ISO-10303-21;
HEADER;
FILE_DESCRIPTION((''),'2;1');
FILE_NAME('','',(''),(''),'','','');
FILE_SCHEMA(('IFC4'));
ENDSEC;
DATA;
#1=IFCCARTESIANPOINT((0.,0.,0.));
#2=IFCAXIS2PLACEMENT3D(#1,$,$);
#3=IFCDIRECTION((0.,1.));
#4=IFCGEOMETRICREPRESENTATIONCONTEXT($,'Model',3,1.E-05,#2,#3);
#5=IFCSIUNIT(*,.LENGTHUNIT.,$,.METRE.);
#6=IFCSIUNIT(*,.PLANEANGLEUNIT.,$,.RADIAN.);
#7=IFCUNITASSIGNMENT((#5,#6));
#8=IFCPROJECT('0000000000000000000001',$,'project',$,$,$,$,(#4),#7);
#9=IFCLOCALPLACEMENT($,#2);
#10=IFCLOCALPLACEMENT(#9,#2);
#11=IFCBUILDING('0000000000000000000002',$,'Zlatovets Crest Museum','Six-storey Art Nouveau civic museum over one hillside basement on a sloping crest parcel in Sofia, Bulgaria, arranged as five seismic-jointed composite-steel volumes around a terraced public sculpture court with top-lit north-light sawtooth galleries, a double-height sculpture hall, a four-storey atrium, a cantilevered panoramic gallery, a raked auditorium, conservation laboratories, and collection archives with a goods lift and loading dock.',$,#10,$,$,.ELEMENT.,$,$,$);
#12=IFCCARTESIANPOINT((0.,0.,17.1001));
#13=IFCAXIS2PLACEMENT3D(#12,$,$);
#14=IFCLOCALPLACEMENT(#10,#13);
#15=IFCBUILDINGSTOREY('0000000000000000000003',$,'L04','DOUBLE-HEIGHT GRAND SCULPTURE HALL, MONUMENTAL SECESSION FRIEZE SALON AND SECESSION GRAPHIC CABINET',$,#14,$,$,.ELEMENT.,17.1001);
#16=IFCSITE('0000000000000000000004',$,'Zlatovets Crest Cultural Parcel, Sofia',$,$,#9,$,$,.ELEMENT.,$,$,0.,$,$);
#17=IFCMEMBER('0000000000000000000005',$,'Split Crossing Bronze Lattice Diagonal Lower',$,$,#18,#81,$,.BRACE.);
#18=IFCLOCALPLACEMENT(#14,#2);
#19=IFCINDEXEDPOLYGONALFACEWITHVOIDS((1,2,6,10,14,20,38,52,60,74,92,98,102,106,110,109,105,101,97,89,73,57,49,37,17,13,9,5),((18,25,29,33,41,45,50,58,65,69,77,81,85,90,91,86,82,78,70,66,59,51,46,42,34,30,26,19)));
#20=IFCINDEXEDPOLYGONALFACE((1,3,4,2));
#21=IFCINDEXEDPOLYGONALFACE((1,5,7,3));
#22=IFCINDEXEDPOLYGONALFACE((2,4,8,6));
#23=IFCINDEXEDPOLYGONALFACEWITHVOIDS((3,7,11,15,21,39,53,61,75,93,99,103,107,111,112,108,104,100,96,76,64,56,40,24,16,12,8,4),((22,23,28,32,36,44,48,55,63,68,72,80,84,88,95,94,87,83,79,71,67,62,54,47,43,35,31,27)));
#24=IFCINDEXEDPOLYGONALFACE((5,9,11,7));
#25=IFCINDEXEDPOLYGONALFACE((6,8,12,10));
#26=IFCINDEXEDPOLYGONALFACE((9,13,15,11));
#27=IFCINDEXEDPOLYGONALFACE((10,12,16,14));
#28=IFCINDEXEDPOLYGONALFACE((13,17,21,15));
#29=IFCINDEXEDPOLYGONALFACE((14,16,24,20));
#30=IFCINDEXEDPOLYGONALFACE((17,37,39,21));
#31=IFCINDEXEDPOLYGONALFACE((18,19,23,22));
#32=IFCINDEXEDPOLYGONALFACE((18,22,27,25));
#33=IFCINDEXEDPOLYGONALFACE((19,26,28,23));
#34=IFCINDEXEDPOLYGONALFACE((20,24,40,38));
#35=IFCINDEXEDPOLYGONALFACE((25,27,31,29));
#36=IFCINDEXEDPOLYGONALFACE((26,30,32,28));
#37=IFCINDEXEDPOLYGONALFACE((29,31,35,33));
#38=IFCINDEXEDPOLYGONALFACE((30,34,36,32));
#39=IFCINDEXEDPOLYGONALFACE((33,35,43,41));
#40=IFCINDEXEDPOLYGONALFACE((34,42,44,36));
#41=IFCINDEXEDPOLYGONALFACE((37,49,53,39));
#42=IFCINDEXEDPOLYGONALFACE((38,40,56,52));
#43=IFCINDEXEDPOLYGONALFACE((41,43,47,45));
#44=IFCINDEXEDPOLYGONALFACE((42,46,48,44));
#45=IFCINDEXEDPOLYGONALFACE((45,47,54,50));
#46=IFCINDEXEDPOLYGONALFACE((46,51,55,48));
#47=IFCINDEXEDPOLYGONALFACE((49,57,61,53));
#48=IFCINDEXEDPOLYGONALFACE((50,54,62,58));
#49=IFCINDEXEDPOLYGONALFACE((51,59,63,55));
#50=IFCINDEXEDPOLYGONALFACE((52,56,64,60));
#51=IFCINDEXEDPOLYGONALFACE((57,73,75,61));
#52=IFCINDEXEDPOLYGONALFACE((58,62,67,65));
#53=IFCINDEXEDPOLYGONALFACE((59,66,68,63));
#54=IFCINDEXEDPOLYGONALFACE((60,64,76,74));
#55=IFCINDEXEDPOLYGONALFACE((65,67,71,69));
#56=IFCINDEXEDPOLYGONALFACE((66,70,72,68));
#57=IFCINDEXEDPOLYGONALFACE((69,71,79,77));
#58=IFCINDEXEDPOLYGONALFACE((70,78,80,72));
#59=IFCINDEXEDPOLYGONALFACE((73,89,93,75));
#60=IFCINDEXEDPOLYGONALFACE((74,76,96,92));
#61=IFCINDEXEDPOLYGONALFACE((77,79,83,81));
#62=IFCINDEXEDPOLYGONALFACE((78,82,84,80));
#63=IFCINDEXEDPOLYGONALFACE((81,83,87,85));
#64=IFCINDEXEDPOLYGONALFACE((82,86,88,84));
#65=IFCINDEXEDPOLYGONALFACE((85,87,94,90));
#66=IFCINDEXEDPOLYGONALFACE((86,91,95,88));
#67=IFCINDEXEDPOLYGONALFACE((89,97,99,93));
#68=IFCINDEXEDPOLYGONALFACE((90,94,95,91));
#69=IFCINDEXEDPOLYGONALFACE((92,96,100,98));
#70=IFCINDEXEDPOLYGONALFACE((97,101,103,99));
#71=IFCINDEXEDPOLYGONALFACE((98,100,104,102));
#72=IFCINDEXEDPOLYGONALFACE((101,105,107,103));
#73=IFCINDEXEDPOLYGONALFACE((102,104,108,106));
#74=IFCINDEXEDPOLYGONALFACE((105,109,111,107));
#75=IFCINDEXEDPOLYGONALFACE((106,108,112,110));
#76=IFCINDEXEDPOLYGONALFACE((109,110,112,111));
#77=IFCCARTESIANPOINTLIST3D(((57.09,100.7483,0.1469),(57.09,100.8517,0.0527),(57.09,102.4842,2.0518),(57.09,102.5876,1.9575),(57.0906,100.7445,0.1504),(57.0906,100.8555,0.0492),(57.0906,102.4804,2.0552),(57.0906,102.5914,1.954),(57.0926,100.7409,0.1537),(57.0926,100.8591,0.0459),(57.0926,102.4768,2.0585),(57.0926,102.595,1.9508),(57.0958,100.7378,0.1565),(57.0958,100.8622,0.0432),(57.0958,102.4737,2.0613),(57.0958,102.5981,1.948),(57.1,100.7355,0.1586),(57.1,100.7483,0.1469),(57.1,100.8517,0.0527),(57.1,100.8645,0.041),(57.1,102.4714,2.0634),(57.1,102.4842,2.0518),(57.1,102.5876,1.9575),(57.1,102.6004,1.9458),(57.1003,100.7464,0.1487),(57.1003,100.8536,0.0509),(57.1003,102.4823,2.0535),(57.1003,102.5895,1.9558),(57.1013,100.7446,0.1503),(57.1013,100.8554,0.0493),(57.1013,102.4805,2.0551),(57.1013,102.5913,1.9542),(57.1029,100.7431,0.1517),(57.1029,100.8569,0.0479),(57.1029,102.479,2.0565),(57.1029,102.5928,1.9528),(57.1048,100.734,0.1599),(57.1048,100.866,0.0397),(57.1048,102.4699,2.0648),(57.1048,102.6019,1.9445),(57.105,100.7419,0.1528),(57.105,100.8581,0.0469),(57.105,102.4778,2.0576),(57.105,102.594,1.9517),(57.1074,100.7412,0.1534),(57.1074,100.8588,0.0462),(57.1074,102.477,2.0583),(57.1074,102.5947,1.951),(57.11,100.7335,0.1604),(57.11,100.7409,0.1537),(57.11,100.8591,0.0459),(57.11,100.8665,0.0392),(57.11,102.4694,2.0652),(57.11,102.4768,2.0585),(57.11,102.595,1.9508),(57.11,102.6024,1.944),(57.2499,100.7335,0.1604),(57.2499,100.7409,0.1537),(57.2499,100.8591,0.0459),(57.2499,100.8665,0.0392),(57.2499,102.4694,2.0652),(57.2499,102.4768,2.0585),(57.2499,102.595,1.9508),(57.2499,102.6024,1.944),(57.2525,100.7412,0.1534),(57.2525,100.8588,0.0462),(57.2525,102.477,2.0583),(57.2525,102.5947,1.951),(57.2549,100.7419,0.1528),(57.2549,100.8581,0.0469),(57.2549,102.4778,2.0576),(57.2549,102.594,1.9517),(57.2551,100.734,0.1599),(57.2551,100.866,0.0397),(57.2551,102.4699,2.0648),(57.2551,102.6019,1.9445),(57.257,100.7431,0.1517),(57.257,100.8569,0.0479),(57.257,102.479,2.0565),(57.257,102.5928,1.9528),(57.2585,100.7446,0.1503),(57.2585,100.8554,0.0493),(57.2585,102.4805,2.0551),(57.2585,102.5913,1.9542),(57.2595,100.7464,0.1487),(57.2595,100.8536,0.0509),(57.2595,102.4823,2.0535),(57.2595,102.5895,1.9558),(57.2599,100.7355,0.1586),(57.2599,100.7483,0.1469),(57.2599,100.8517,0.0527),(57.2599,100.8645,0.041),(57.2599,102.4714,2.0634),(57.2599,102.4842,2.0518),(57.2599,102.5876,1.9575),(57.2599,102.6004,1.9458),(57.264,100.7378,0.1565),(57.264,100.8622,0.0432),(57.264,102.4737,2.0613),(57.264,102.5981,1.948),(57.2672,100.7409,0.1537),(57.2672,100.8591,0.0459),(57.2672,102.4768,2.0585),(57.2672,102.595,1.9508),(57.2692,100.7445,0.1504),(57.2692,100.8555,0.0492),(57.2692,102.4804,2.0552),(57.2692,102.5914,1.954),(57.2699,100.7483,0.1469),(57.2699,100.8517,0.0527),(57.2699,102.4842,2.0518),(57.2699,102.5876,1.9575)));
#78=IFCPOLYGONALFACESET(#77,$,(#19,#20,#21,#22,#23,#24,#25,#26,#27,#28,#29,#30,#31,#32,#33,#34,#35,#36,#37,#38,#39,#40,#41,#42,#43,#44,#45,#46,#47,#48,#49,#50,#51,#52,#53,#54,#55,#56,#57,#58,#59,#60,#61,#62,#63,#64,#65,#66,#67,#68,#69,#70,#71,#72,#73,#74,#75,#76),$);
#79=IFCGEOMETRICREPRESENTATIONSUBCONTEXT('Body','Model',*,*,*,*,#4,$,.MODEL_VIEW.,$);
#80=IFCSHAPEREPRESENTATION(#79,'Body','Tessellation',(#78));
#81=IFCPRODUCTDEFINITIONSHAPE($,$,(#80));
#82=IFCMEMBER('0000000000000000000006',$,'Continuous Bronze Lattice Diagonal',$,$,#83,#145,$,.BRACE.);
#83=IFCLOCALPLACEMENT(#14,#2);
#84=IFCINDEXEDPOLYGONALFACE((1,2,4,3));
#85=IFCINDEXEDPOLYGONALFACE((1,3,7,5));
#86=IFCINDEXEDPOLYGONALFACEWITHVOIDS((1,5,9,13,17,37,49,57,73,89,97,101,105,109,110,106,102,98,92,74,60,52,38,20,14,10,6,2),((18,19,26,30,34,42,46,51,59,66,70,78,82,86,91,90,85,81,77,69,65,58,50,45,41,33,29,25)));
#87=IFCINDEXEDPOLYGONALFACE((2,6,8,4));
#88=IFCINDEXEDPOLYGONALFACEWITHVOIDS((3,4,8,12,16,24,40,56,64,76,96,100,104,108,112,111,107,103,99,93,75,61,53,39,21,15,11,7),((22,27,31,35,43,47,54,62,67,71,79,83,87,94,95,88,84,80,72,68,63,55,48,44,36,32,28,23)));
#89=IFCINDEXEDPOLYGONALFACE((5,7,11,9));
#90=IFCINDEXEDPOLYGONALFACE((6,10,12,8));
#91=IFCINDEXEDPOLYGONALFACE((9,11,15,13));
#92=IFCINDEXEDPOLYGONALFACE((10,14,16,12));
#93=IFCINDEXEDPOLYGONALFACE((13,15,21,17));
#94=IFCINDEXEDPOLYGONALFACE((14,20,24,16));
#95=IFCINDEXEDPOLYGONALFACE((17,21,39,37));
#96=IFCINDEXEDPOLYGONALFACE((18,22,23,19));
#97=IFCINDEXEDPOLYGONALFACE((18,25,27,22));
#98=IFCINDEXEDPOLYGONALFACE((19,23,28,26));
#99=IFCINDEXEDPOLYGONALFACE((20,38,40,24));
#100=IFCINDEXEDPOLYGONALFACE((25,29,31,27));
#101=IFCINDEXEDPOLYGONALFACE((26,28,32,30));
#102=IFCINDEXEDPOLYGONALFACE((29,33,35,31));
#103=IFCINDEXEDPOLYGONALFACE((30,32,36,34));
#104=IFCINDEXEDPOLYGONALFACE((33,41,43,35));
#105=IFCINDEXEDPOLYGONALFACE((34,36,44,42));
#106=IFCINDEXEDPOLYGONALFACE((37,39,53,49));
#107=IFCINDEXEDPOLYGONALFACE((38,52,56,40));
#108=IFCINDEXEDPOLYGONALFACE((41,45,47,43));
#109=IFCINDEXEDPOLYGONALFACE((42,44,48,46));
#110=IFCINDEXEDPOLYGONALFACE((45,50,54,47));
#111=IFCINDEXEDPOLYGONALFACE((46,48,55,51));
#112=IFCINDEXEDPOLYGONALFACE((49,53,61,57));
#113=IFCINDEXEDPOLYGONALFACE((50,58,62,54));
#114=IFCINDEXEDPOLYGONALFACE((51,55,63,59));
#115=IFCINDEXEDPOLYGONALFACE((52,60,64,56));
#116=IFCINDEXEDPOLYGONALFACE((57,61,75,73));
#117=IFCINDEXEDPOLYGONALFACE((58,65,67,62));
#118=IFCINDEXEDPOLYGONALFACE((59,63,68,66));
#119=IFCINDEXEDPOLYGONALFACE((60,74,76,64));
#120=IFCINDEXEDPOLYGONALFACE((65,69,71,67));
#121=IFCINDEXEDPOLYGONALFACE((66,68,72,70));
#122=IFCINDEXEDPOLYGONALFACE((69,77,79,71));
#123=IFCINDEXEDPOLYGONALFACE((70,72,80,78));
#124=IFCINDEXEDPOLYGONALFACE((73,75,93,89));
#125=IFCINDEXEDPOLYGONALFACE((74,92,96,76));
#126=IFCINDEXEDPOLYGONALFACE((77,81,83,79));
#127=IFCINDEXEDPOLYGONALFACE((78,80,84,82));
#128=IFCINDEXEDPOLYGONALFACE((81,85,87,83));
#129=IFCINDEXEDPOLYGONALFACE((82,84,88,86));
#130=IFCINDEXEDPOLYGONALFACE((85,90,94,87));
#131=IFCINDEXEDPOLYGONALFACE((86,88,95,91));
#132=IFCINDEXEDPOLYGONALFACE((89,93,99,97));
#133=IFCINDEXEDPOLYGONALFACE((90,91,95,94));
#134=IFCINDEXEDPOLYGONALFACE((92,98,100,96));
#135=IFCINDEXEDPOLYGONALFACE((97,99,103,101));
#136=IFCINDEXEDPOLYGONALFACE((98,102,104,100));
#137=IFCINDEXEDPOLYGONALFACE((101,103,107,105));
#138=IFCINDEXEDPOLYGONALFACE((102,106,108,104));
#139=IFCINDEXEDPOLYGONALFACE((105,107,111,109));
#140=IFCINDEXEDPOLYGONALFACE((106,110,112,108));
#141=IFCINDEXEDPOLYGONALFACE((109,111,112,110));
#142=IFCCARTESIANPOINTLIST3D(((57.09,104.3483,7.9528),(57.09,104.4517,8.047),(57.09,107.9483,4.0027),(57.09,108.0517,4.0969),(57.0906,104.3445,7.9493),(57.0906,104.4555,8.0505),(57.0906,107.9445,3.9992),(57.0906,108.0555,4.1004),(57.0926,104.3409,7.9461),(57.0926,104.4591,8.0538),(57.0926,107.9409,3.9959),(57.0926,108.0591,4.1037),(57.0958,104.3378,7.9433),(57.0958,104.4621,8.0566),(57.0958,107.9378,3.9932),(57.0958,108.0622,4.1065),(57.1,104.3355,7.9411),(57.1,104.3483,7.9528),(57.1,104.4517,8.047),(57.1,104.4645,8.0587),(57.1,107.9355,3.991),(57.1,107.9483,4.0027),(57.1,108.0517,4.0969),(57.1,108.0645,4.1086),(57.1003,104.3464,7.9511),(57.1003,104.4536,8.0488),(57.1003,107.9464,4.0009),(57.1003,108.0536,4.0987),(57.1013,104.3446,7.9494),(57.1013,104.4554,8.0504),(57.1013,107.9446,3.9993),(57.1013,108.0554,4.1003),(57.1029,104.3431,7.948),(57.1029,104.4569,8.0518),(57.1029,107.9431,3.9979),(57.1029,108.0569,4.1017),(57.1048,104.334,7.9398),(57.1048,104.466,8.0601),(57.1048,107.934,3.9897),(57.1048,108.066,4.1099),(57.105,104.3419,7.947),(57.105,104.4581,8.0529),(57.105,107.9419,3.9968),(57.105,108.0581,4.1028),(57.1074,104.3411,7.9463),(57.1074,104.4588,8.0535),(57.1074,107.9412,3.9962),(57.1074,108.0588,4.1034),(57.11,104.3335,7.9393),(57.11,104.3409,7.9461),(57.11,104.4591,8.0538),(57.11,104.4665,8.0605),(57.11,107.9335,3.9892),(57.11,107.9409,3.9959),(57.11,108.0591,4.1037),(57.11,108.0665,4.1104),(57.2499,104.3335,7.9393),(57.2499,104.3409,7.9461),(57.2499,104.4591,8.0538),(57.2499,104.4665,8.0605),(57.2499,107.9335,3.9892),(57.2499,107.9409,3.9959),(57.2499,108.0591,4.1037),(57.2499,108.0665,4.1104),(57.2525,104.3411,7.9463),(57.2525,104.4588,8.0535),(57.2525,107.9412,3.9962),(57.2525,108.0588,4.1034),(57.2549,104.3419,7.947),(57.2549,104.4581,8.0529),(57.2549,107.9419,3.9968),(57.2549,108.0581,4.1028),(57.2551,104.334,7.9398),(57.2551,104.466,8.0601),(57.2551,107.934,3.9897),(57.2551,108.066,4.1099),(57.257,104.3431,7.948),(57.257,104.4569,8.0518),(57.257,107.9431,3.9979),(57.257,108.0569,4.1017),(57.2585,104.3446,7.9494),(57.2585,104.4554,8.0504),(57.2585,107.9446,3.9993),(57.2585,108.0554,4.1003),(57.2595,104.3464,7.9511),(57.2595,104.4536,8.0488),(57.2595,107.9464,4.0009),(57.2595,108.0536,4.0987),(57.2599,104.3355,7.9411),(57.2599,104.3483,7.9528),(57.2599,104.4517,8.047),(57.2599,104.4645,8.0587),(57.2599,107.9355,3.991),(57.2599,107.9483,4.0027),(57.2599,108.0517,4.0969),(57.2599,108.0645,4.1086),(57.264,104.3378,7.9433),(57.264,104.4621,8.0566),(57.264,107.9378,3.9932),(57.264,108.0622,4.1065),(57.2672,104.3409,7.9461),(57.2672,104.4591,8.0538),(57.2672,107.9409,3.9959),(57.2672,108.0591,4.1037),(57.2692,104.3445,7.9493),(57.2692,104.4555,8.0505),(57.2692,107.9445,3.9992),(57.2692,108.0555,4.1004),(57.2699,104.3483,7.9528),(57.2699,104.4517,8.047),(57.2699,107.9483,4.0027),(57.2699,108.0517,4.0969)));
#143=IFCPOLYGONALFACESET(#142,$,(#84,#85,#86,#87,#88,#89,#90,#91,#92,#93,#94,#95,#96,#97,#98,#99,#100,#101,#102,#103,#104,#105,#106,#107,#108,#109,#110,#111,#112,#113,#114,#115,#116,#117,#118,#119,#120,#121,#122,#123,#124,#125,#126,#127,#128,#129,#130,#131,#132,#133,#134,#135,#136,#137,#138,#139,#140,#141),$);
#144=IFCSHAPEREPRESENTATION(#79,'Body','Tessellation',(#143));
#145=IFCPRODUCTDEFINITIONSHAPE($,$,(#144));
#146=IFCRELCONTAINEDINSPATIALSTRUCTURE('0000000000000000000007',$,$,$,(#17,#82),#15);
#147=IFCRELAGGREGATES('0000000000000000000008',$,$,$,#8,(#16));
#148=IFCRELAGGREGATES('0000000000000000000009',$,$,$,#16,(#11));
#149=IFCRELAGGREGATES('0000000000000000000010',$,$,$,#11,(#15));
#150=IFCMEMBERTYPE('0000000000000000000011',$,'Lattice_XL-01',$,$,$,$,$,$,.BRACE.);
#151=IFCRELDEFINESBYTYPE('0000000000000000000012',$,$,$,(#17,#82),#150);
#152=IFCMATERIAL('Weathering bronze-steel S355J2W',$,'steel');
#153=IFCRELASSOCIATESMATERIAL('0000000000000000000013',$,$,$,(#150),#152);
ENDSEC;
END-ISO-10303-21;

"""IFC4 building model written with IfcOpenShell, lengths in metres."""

from ifc_helpers import new_model, si_unit, direction, frame, origin, origin_2d, place, context, subcontext, project, spatial, hollow_rectangle, extrude, material, material_profile, profile_set, type_object, element, save


model = new_model("IFC4")

# Units and contexts
model_context = context("Model", 3, precision=1e-05, world=origin(), true_north=direction((0.0, 1.0)))
body_context = subcontext(model_context, "Body", "Model", "MODEL_VIEW")
ifc_project = project(units=[si_unit("LENGTHUNIT", "METRE"), si_unit("PLANEANGLEUNIT", "RADIAN")], contexts=[model_context])

# Site, building, storey
site_placement = place(None, origin())
site = spatial("IfcSite", under=ifc_project, at=site_placement, Name="Zlatovets Crest Cultural Parcel, Sofia", CompositionType="ELEMENT", RefElevation=0.0)
building_placement = place(site_placement, origin())
building = spatial("IfcBuilding", under=site, at=building_placement, Name="Zlatovets Crest Museum", Description="Six-storey Art Nouveau civic museum over one hillside basement on a sloping crest parcel in Sofia, Bulgaria, arranged as five seismic-jointed composite-steel volumes around a terraced public sculpture court with top-lit north-light sawtooth galleries, a double-height sculpture hall, a four-storey atrium, a cantilevered panoramic gallery, a raked auditorium, conservation laboratories, and collection archives with a goods lift and loading dock.", CompositionType="ELEMENT")
storey_placement = place(building_placement, frame((0.0, 0.0, 17.1001)))
storey = spatial("IfcBuildingStorey", under=building, at=storey_placement, Name="L04", Description="DOUBLE-HEIGHT GRAND SCULPTURE HALL, MONUMENTAL SECESSION FRIEZE SALON AND SECESSION GRAPHIC CABINET", CompositionType="ELEMENT", Elevation=17.1001)

# Members
ifc_material_1 = material(Name="Weathering bronze-steel S355J2W", Category="steel")
ifc_material_profile_1 = material_profile(ifc_material_1, hollow_rectangle(XDim=0.1799, YDim=0.1799, WallThickness=0.01, InnerFilletRadius=0.01, OuterFilletRadius=0.02, at=origin_2d()), Name="SHS 180x180x10.0")
ifc_profile_set_1 = profile_set([ifc_material_profile_1], Name="Weathering bronze-steel S355J2W")
member_type_1 = type_object("IfcMemberType", Name="Lattice_XL-01", PredefinedType="BRACE", material=ifc_profile_set_1)
for number, where, z_axis, x_axis, name in (
    (1, (57.1799, 102.5359, 2.0046), (0.0, -0.673568, -0.739125), (1.0, 0.0, 0.0), "Split Crossing Bronze Lattice Diagonal Lower"),
):
    element("IfcMember", number, at=place(storey_placement, frame(where, z_axis=z_axis, x_axis=x_axis)), inside=storey, type_object=member_type_1, Name=name, PredefinedType="BRACE", context=body_context, shape_type="SweptSolid", body=[
        extrude(hollow_rectangle(XDim=0.1799, YDim=0.1799, WallThickness=0.01, InnerFilletRadius=0.01, OuterFilletRadius=0.02, at=origin_2d()), origin(), (0.0, 0.0, 1.0), 2.5771),
    ])
member_1_placement = place(storey_placement, frame((57.1799, 108.0, 4.0498), z_axis=(0.0, -0.673595, 0.7391), x_axis=(1.0, 0.0, 0.0)))
element("IfcMember", 2, at=member_1_placement, inside=storey, type_object=member_type_1, Name="Continuous Bronze Lattice Diagonal", PredefinedType="BRACE", context=body_context, shape_type="SweptSolid", body=[
    extrude(hollow_rectangle(XDim=0.1799, YDim=0.1799, WallThickness=0.01, InnerFilletRadius=0.01, OuterFilletRadius=0.02, at=origin_2d()), origin(), (0.0, 0.0, 1.0), 5.3445),
])

save(model, "model.ifc")
